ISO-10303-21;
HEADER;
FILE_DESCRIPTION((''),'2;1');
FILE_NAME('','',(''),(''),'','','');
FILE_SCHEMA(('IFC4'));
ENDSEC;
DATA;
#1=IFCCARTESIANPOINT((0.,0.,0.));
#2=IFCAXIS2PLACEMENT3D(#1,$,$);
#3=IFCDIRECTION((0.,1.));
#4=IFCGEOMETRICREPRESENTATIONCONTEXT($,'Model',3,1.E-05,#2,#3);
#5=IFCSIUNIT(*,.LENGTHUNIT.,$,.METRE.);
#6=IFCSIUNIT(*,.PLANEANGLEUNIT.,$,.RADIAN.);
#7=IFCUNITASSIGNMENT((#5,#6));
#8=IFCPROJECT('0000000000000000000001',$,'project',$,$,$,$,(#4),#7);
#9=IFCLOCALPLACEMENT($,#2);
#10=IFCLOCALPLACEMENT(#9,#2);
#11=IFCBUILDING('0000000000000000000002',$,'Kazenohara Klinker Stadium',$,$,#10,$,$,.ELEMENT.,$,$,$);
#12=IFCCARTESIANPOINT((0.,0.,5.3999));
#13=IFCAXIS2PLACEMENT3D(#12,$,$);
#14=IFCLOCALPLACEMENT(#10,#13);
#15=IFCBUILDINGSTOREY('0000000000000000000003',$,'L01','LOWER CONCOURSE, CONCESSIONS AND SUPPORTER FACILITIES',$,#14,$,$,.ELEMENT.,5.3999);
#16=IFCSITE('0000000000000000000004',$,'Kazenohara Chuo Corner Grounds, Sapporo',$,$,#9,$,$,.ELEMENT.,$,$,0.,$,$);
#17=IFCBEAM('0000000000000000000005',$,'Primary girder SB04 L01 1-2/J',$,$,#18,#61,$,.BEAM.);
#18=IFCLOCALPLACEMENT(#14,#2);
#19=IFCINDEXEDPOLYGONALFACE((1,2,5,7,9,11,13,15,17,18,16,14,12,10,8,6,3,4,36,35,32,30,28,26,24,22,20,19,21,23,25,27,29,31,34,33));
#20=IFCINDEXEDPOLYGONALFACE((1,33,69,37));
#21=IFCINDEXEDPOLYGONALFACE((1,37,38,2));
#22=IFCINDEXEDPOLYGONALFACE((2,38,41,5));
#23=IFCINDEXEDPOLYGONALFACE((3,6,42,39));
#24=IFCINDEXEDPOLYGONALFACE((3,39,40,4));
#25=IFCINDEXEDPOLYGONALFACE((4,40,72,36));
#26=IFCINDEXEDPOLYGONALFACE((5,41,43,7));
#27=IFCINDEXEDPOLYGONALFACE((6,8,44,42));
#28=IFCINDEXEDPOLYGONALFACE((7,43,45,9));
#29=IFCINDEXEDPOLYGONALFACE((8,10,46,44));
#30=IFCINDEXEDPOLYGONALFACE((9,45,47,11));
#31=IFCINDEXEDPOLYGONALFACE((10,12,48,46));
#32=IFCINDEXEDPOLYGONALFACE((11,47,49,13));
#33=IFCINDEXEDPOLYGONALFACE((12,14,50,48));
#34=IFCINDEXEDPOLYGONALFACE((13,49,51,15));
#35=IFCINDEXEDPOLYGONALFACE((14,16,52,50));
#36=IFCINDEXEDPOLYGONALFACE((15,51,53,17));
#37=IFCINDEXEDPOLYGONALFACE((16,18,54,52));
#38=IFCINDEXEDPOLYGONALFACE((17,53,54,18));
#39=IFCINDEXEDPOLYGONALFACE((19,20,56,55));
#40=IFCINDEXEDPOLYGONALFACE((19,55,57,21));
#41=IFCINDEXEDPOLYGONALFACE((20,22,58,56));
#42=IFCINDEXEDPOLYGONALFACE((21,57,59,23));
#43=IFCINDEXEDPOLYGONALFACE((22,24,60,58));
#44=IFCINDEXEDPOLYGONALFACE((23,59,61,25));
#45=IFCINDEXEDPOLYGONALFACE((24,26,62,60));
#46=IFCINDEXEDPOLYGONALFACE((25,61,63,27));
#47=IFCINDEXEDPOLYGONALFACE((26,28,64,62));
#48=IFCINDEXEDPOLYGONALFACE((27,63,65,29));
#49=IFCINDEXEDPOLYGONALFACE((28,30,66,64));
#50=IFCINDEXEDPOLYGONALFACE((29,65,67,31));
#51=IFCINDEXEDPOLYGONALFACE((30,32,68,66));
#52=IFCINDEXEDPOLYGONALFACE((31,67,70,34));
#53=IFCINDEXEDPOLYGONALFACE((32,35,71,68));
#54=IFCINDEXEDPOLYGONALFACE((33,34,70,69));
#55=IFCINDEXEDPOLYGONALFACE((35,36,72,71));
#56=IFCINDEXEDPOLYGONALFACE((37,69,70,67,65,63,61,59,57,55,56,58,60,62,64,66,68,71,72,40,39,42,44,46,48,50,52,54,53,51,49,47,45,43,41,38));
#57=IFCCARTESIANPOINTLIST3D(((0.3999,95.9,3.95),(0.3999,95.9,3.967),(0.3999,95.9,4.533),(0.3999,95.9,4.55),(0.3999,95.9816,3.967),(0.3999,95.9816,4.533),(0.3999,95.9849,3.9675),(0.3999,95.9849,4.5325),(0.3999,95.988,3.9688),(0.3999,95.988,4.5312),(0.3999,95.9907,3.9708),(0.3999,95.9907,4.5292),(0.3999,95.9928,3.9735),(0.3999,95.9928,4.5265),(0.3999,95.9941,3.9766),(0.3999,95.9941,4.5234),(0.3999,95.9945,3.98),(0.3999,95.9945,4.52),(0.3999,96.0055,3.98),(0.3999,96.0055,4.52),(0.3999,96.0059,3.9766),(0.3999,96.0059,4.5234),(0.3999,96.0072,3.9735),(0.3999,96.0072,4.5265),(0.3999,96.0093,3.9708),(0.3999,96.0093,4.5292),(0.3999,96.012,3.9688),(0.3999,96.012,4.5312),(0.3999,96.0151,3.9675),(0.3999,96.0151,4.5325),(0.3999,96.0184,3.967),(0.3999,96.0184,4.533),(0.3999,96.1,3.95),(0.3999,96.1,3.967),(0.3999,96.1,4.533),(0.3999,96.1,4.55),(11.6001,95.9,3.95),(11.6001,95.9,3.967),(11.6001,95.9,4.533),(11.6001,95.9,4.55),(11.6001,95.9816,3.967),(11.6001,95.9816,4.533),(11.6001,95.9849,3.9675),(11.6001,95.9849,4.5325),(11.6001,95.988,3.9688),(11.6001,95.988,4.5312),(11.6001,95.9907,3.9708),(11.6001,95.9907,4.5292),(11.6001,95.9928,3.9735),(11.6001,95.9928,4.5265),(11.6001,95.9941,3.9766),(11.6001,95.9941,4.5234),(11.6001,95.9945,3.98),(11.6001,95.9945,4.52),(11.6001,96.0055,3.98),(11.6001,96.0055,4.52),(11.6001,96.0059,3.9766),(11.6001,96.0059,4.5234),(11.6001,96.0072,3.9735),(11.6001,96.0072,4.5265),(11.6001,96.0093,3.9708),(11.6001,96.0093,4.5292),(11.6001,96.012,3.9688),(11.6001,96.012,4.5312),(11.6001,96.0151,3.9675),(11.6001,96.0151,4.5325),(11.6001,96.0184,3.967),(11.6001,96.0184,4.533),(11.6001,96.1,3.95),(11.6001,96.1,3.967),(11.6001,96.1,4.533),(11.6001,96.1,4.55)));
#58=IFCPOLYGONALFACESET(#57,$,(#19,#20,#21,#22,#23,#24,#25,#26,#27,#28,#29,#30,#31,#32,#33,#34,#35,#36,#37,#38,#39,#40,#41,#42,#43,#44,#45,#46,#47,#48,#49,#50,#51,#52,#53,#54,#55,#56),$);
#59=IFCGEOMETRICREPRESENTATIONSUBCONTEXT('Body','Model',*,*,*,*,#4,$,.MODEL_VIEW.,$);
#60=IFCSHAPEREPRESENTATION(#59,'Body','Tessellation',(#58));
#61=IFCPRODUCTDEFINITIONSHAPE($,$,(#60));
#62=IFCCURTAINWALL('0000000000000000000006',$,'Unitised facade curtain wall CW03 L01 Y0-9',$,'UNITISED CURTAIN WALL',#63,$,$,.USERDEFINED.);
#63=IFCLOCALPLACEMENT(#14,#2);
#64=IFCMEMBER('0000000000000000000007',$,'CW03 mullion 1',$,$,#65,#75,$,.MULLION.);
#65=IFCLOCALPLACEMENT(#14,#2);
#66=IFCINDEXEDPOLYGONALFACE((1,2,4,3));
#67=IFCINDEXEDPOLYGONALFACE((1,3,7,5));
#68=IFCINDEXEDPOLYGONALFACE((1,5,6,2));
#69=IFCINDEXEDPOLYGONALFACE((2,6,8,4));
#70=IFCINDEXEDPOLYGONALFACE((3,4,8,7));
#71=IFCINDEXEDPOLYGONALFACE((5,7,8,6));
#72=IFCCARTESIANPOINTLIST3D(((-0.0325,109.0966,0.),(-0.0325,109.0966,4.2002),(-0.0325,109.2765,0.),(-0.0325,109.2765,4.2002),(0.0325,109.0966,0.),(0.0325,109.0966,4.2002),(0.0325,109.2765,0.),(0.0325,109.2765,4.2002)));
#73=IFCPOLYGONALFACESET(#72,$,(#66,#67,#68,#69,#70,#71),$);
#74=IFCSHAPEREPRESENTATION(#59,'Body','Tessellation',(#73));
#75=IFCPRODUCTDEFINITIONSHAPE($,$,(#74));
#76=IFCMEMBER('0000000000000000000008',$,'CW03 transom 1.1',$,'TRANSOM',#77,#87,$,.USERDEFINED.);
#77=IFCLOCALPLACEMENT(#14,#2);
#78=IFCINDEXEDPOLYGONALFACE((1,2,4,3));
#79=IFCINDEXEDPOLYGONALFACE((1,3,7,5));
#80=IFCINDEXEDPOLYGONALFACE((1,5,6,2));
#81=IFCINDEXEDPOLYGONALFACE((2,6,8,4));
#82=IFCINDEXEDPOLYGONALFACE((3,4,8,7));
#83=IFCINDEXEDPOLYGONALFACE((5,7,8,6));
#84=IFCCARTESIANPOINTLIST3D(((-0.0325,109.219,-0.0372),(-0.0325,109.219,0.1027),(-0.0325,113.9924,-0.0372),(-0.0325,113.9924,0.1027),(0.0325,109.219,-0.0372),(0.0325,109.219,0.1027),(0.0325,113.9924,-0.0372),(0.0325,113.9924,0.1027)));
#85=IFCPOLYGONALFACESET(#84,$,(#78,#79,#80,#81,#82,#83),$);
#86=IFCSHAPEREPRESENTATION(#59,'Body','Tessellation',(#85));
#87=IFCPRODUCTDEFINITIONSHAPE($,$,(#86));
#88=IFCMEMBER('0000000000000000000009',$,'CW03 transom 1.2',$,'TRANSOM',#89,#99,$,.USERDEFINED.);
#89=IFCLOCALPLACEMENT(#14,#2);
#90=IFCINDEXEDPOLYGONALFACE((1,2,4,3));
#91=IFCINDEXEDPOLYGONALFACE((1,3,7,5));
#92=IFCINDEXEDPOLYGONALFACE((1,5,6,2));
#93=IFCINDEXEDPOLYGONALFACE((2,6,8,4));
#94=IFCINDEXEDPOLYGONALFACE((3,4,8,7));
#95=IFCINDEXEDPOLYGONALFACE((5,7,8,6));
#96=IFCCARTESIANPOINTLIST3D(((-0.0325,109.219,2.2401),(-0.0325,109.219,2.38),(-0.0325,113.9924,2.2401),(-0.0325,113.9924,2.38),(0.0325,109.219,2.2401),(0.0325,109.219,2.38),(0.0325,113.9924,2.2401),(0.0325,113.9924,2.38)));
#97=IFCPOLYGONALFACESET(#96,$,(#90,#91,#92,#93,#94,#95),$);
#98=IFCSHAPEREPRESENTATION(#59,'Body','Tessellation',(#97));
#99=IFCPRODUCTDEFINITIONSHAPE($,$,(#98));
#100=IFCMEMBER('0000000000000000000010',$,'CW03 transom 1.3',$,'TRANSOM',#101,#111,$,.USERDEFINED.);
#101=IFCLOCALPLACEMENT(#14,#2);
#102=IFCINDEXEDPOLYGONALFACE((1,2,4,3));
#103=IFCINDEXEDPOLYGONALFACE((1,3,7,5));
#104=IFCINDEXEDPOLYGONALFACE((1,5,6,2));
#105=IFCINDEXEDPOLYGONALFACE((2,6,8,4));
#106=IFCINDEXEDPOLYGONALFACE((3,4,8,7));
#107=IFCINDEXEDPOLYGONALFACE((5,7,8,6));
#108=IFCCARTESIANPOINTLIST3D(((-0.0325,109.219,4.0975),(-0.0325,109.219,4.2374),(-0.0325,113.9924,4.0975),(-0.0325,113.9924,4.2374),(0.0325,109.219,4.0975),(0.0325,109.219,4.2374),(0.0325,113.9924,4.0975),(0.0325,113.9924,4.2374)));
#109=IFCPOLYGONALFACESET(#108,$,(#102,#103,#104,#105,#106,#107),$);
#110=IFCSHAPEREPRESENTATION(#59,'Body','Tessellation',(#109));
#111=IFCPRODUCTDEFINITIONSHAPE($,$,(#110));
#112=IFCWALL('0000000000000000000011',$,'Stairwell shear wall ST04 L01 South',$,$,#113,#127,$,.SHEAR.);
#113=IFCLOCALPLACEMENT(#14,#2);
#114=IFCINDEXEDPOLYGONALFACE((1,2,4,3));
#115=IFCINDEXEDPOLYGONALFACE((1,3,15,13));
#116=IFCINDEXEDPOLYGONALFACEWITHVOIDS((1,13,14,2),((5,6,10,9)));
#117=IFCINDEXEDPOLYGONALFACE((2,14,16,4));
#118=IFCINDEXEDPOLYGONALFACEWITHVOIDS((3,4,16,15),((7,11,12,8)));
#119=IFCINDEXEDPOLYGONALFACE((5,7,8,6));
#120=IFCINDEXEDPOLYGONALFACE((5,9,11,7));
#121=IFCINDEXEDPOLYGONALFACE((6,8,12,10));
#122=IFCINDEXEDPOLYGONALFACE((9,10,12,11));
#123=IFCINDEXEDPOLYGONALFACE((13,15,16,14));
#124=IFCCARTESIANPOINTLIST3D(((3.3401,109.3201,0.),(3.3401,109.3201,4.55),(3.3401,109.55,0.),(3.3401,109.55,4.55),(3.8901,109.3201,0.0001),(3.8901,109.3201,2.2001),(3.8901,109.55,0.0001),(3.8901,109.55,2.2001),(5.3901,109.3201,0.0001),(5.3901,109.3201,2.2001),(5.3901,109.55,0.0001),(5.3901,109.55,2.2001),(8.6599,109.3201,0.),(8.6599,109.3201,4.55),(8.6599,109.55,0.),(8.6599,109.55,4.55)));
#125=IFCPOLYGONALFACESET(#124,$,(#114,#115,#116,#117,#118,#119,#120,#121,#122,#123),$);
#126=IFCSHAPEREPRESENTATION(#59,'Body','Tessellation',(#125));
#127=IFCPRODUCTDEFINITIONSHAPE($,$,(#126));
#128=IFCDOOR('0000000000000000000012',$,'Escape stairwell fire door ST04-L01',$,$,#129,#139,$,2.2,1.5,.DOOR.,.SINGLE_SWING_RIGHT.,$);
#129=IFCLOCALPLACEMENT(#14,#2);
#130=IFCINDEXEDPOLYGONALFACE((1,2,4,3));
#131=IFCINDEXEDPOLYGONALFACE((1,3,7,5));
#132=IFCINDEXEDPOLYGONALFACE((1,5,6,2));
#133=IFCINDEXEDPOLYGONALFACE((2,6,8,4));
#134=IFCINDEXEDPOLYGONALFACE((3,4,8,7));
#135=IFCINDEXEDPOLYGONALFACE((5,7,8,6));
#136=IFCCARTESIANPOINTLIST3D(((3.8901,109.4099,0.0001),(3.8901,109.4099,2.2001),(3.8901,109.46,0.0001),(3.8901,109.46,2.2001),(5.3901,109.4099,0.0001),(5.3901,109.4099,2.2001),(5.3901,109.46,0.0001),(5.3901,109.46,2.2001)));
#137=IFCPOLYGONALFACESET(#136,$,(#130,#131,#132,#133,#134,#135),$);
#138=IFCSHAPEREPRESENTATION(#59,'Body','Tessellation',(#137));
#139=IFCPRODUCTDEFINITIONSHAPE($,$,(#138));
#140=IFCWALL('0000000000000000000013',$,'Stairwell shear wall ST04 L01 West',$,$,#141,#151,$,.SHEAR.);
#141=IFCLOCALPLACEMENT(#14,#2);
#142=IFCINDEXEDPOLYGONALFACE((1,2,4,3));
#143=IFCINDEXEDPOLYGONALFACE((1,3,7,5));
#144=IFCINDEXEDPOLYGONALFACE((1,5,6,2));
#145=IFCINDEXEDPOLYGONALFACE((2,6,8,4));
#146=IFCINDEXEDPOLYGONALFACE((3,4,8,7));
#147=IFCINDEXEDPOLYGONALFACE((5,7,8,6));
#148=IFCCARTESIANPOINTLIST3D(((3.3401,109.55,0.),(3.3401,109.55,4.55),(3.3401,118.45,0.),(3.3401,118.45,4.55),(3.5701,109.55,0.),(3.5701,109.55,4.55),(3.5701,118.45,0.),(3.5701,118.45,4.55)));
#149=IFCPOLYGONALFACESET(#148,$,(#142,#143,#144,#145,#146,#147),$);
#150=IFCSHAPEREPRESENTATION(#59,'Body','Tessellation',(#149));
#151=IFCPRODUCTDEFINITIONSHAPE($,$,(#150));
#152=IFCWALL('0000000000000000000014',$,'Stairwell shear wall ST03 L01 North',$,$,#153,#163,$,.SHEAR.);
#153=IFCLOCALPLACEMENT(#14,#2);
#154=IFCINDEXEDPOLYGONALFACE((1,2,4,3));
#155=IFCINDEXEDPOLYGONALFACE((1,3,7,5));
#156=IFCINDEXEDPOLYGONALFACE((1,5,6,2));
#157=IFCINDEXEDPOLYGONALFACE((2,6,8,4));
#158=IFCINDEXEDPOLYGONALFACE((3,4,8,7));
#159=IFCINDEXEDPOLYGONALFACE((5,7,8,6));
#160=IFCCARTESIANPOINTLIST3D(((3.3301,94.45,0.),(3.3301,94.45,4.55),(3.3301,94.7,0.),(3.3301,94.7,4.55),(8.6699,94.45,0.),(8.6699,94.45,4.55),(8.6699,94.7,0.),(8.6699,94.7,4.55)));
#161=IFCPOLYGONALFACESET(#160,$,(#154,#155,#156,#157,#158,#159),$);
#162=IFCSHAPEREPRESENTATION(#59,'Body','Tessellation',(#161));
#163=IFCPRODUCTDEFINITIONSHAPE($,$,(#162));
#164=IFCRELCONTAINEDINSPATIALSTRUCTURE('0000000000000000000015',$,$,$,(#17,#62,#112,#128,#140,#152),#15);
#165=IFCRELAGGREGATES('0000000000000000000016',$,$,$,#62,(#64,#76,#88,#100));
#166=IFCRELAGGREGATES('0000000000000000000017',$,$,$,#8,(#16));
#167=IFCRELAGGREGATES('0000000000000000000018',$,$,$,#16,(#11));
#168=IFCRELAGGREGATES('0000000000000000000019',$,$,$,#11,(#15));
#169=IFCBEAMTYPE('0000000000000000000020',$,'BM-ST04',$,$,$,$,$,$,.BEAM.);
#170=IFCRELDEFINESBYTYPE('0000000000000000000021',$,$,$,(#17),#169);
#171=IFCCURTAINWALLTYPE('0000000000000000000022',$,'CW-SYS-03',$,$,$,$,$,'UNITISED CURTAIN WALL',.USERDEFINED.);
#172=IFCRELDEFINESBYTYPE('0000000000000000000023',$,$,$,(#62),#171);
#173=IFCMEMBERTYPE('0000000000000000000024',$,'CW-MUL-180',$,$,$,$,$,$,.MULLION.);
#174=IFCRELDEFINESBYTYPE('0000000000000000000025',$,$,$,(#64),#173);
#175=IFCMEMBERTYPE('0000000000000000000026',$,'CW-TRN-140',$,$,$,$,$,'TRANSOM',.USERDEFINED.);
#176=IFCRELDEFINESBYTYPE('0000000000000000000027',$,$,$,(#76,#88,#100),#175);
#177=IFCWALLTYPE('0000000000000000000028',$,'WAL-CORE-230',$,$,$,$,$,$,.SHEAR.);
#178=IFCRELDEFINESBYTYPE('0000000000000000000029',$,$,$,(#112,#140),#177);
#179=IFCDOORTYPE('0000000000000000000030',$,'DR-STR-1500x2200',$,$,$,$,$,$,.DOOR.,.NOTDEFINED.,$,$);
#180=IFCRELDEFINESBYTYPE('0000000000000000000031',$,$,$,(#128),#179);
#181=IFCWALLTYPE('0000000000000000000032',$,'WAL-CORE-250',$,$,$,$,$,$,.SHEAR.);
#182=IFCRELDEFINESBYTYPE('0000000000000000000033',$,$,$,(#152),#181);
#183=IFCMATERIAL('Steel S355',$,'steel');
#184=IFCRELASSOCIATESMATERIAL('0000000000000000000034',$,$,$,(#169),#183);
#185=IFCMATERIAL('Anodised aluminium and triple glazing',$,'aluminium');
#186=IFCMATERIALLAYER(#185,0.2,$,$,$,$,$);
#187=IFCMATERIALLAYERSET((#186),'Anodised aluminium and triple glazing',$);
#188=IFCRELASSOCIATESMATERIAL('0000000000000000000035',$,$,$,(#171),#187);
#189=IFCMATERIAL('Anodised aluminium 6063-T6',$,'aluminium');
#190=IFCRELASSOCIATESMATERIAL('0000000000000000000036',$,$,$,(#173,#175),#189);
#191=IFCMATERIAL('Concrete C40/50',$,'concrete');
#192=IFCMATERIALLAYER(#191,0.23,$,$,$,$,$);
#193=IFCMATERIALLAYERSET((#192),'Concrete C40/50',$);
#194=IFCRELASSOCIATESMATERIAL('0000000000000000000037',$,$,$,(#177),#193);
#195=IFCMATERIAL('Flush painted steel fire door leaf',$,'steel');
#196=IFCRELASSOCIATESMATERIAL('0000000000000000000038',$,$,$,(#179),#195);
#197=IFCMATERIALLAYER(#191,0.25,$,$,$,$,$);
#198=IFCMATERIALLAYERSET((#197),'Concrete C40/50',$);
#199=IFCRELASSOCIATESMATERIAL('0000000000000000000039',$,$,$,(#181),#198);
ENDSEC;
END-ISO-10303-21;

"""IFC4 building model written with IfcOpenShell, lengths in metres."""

from ifc_helpers import new_model, si_unit, direction, frame, frame_2d, origin, origin_2d, place, context, subcontext, project, spatial, rectangle, i_section, extrude, material, layer, layer_set, material_profile, profile_set, type_object, element, fill, aggregate, save


model = new_model("IFC4")

# Units and contexts
model_context = context("Model", 3, precision=1e-05, world=origin(), true_north=direction((0.0, 1.0)))
body_context = subcontext(model_context, "Body", "Model", "MODEL_VIEW")
ifc_project = project(units=[si_unit("LENGTHUNIT", "METRE"), si_unit("PLANEANGLEUNIT", "RADIAN")], contexts=[model_context])

# Site, building, storey
site_placement = place(None, origin())
site = spatial("IfcSite", under=ifc_project, at=site_placement, Name="Kazenohara Chuo Corner Grounds, Sapporo", CompositionType="ELEMENT", RefElevation=0.0)
building_placement = place(site_placement, origin())
building = spatial("IfcBuilding", under=site, at=building_placement, Name="Kazenohara Klinker Stadium", CompositionType="ELEMENT")
storey_placement = place(building_placement, frame((0.0, 0.0, 5.3999)))
storey = spatial("IfcBuildingStorey", under=building, at=storey_placement, Name="L01", Description="LOWER CONCOURSE, CONCESSIONS AND SUPPORTER FACILITIES", CompositionType="ELEMENT", Elevation=5.3999)

# Shared definitions
ifc_material_1 = material(Name="Concrete C40/50", Category="concrete")

# Beam
ifc_material_2 = material(Name="Steel S355", Category="steel")
ifc_material_profile_1 = material_profile(ifc_material_2, i_section(OverallWidth=0.2, OverallDepth=0.6001, WebThickness=0.011, FlangeThickness=0.0171, FilletRadius=0.0129, at=origin_2d()), Name="H-600x200x11x17")
ifc_profile_set_1 = profile_set([ifc_material_profile_1], Name="Steel S355")
beam_type_1 = type_object("IfcBeamType", Name="BM-ST04", PredefinedType="BEAM", material=ifc_profile_set_1)
beam_1_placement = place(storey_placement, frame((0.3999, 96.0, 4.25), z_axis=(1.0, 0.0, 0.0), x_axis=(0.0, 1.0, 0.0)))
element("IfcBeam", 1, at=beam_1_placement, inside=storey, type_object=beam_type_1, Name="Primary girder SB04 L01 1-2/J", PredefinedType="BEAM", context=body_context, shape_type="SweptSolid", body=[
    extrude(i_section(OverallWidth=0.2, OverallDepth=0.6001, WebThickness=0.011, FlangeThickness=0.0171, FilletRadius=0.0129, at=origin_2d()), origin(), (0.0, 0.0, 1.0), 11.2002),
])

# Curtain wall, members
ifc_material_3 = material(Name="Anodised aluminium and triple glazing", Category="aluminium")
ifc_layer_1 = layer(ifc_material_3, 0.2)
ifc_layer_set_1 = layer_set([ifc_layer_1], Name="Anodised aluminium and triple glazing")
curtain_wall_type = type_object("IfcCurtainWallType", Name="CW-SYS-03", ElementType="UNITISED CURTAIN WALL", PredefinedType="USERDEFINED", material=ifc_layer_set_1)
curtain_wall_placement = place(storey_placement, origin())
curtain_wall = element("IfcCurtainWall", 2, at=curtain_wall_placement, inside=storey, type_object=curtain_wall_type, Name="Unitised facade curtain wall CW03 L01 Y0-9", ObjectType="UNITISED CURTAIN WALL", PredefinedType="USERDEFINED")
ifc_material_4 = material(Name="Anodised aluminium 6063-T6", Category="aluminium")
ifc_material_profile_2 = material_profile(ifc_material_4, rectangle(XDim=0.0649, YDim=0.1799, at=origin_2d()), Name="ALU-MUL-65x180")
ifc_profile_set_2 = profile_set([ifc_material_profile_2], Name="Anodised aluminium 6063-T6")
member_type_1 = type_object("IfcMemberType", Name="CW-MUL-180", PredefinedType="MULLION", material=ifc_profile_set_2)
member_1_placement = place(storey_placement, frame((0.0, 109.1865, 0.0), z_axis=(0.0, 0.0, 1.0), x_axis=(-1.0, 0.0, 0.0)))
member_1 = element("IfcMember", 3, at=member_1_placement, type_object=member_type_1, Name="CW03 mullion 1", PredefinedType="MULLION", context=body_context, shape_type="SweptSolid", body=[
    extrude(rectangle(XDim=0.0649, YDim=0.1799, at=origin_2d()), origin(), (0.0, 0.0, 1.0), 4.2002),
])
ifc_material_profile_3 = material_profile(ifc_material_4, rectangle(XDim=0.0649, YDim=0.1399, at=origin_2d()), Name="ALU-TRN-65x140")
ifc_profile_set_3 = profile_set([ifc_material_profile_3], Name="Anodised aluminium 6063-T6")
member_type_2 = type_object("IfcMemberType", Name="CW-TRN-140", ElementType="TRANSOM", PredefinedType="USERDEFINED", material=ifc_profile_set_3)
member_2_placement = place(storey_placement, frame((0.0, 109.219, 0.0327), z_axis=(0.0, 1.0, 0.0), x_axis=(-1.0, 0.0, 0.0)))
member_2 = element("IfcMember", 4, at=member_2_placement, type_object=member_type_2, Name="CW03 transom 1.1", ObjectType="TRANSOM", PredefinedType="USERDEFINED", context=body_context, shape_type="SweptSolid", body=[
    extrude(rectangle(XDim=0.0649, YDim=0.1399, at=origin_2d()), origin(), (0.0, 0.0, 1.0), 4.7734),
])
member_3_placement = place(storey_placement, frame((0.0, 109.219, 2.3101), z_axis=(0.0, 1.0, 0.0), x_axis=(-1.0, 0.0, 0.0)))
member_3 = element("IfcMember", 5, at=member_3_placement, type_object=member_type_2, Name="CW03 transom 1.2", ObjectType="TRANSOM", PredefinedType="USERDEFINED", context=body_context, shape_type="SweptSolid", body=[
    extrude(rectangle(XDim=0.0649, YDim=0.1399, at=origin_2d()), origin(), (0.0, 0.0, 1.0), 4.7734),
])
member_4_placement = place(storey_placement, frame((0.0, 109.219, 4.1675), z_axis=(0.0, 1.0, 0.0), x_axis=(-1.0, 0.0, 0.0)))
member_4 = element("IfcMember", 6, at=member_4_placement, type_object=member_type_2, Name="CW03 transom 1.3", ObjectType="TRANSOM", PredefinedType="USERDEFINED", context=body_context, shape_type="SweptSolid", body=[
    extrude(rectangle(XDim=0.0649, YDim=0.1399, at=origin_2d()), origin(), (0.0, 0.0, 1.0), 4.7734),
])
aggregate(curtain_wall, [member_1, member_2, member_3, member_4])

# Wall, opening, door
ifc_layer_2 = layer(ifc_material_1, 0.23)
ifc_layer_set_2 = layer_set([ifc_layer_2], Name="Concrete C40/50")
wall_type_1 = type_object("IfcWallType", Name="WAL-CORE-230", PredefinedType="SHEAR", material=ifc_layer_set_2)
wall_1_placement = place(storey_placement, frame((3.3401, 109.4351, 0.0), z_axis=(0.0, 0.0, 1.0), x_axis=(1.0, 0.0, 0.0)))
wall_1 = element("IfcWall", 7, at=wall_1_placement, inside=storey, type_object=wall_type_1, Name="Stairwell shear wall ST04 L01 South", PredefinedType="SHEAR", context=body_context, shape_type="SweptSolid", body=[
    extrude(rectangle(XDim=5.3198, YDim=0.23, at=frame_2d((2.6599, 0.0))), origin(), (0.0, 0.0, 1.0), 4.55),
])
opening_1_placement = place(wall_1_placement, frame((0.55, 0.0, 0.0)))
opening_1 = element("IfcOpeningElement", 8, at=opening_1_placement, cuts=wall_1, PredefinedType="OPENING", context=body_context, shape_type="SweptSolid", body=[
    extrude(rectangle(XDim=1.5, YDim=2.2, at=frame_2d((0.75, 1.1001))), frame((0.0, 0.125, 0.0), z_axis=(0.0, -1.0, 0.0), x_axis=(1.0, 0.0, 0.0)), (0.0, 0.0, 1.0), 0.25),
])
ifc_material_5 = material(Name="Flush painted steel fire door leaf", Category="steel")
door_type_1 = type_object("IfcDoorType", Name="DR-STR-1500x2200", OperationType="NOTDEFINED", PredefinedType="DOOR", material=ifc_material_5)
door_1_placement = place(opening_1_placement, origin())
door_1 = element("IfcDoor", 9, at=door_1_placement, inside=storey, type_object=door_type_1, Name="Escape stairwell fire door ST04-L01", OperationType="SINGLE_SWING_RIGHT", OverallHeight=2.2, OverallWidth=1.5, PredefinedType="DOOR", context=body_context, shape_type="SweptSolid", body=[
    extrude(rectangle(XDim=1.5, YDim=2.2, at=frame_2d((0.75, 1.1001))), frame((0.0, 0.0249, 0.0), z_axis=(0.0, -1.0, 0.0), x_axis=(1.0, 0.0, 0.0)), (0.0, 0.0, 1.0), 0.05),
])
fill(opening_1, door_1)

# Walls
wall_2_placement = place(storey_placement, frame((3.4551, 109.55, 0.0), z_axis=(0.0, 0.0, 1.0), x_axis=(0.0, 1.0, 0.0)))
element("IfcWall", 10, at=wall_2_placement, inside=storey, type_object=wall_type_1, Name="Stairwell shear wall ST04 L01 West", PredefinedType="SHEAR", context=body_context, shape_type="SweptSolid", body=[
    extrude(rectangle(XDim=8.8999, YDim=0.23, at=frame_2d((4.45, 0.0))), origin(), (0.0, 0.0, 1.0), 4.55),
])
ifc_layer_3 = layer(ifc_material_1, 0.25)
ifc_layer_set_3 = layer_set([ifc_layer_3], Name="Concrete C40/50")
wall_type_2 = type_object("IfcWallType", Name="WAL-CORE-250", PredefinedType="SHEAR", material=ifc_layer_set_3)
wall_3_placement = place(storey_placement, frame((3.3301, 94.575, 0.0), z_axis=(0.0, 0.0, 1.0), x_axis=(1.0, 0.0, 0.0)))
element("IfcWall", 11, at=wall_3_placement, inside=storey, type_object=wall_type_2, Name="Stairwell shear wall ST03 L01 North", PredefinedType="SHEAR", context=body_context, shape_type="SweptSolid", body=[
    extrude(rectangle(XDim=5.3398, YDim=0.25, at=frame_2d((2.6699, 0.0))), origin(), (0.0, 0.0, 1.0), 4.55),
])

save(model, "model.ifc")
